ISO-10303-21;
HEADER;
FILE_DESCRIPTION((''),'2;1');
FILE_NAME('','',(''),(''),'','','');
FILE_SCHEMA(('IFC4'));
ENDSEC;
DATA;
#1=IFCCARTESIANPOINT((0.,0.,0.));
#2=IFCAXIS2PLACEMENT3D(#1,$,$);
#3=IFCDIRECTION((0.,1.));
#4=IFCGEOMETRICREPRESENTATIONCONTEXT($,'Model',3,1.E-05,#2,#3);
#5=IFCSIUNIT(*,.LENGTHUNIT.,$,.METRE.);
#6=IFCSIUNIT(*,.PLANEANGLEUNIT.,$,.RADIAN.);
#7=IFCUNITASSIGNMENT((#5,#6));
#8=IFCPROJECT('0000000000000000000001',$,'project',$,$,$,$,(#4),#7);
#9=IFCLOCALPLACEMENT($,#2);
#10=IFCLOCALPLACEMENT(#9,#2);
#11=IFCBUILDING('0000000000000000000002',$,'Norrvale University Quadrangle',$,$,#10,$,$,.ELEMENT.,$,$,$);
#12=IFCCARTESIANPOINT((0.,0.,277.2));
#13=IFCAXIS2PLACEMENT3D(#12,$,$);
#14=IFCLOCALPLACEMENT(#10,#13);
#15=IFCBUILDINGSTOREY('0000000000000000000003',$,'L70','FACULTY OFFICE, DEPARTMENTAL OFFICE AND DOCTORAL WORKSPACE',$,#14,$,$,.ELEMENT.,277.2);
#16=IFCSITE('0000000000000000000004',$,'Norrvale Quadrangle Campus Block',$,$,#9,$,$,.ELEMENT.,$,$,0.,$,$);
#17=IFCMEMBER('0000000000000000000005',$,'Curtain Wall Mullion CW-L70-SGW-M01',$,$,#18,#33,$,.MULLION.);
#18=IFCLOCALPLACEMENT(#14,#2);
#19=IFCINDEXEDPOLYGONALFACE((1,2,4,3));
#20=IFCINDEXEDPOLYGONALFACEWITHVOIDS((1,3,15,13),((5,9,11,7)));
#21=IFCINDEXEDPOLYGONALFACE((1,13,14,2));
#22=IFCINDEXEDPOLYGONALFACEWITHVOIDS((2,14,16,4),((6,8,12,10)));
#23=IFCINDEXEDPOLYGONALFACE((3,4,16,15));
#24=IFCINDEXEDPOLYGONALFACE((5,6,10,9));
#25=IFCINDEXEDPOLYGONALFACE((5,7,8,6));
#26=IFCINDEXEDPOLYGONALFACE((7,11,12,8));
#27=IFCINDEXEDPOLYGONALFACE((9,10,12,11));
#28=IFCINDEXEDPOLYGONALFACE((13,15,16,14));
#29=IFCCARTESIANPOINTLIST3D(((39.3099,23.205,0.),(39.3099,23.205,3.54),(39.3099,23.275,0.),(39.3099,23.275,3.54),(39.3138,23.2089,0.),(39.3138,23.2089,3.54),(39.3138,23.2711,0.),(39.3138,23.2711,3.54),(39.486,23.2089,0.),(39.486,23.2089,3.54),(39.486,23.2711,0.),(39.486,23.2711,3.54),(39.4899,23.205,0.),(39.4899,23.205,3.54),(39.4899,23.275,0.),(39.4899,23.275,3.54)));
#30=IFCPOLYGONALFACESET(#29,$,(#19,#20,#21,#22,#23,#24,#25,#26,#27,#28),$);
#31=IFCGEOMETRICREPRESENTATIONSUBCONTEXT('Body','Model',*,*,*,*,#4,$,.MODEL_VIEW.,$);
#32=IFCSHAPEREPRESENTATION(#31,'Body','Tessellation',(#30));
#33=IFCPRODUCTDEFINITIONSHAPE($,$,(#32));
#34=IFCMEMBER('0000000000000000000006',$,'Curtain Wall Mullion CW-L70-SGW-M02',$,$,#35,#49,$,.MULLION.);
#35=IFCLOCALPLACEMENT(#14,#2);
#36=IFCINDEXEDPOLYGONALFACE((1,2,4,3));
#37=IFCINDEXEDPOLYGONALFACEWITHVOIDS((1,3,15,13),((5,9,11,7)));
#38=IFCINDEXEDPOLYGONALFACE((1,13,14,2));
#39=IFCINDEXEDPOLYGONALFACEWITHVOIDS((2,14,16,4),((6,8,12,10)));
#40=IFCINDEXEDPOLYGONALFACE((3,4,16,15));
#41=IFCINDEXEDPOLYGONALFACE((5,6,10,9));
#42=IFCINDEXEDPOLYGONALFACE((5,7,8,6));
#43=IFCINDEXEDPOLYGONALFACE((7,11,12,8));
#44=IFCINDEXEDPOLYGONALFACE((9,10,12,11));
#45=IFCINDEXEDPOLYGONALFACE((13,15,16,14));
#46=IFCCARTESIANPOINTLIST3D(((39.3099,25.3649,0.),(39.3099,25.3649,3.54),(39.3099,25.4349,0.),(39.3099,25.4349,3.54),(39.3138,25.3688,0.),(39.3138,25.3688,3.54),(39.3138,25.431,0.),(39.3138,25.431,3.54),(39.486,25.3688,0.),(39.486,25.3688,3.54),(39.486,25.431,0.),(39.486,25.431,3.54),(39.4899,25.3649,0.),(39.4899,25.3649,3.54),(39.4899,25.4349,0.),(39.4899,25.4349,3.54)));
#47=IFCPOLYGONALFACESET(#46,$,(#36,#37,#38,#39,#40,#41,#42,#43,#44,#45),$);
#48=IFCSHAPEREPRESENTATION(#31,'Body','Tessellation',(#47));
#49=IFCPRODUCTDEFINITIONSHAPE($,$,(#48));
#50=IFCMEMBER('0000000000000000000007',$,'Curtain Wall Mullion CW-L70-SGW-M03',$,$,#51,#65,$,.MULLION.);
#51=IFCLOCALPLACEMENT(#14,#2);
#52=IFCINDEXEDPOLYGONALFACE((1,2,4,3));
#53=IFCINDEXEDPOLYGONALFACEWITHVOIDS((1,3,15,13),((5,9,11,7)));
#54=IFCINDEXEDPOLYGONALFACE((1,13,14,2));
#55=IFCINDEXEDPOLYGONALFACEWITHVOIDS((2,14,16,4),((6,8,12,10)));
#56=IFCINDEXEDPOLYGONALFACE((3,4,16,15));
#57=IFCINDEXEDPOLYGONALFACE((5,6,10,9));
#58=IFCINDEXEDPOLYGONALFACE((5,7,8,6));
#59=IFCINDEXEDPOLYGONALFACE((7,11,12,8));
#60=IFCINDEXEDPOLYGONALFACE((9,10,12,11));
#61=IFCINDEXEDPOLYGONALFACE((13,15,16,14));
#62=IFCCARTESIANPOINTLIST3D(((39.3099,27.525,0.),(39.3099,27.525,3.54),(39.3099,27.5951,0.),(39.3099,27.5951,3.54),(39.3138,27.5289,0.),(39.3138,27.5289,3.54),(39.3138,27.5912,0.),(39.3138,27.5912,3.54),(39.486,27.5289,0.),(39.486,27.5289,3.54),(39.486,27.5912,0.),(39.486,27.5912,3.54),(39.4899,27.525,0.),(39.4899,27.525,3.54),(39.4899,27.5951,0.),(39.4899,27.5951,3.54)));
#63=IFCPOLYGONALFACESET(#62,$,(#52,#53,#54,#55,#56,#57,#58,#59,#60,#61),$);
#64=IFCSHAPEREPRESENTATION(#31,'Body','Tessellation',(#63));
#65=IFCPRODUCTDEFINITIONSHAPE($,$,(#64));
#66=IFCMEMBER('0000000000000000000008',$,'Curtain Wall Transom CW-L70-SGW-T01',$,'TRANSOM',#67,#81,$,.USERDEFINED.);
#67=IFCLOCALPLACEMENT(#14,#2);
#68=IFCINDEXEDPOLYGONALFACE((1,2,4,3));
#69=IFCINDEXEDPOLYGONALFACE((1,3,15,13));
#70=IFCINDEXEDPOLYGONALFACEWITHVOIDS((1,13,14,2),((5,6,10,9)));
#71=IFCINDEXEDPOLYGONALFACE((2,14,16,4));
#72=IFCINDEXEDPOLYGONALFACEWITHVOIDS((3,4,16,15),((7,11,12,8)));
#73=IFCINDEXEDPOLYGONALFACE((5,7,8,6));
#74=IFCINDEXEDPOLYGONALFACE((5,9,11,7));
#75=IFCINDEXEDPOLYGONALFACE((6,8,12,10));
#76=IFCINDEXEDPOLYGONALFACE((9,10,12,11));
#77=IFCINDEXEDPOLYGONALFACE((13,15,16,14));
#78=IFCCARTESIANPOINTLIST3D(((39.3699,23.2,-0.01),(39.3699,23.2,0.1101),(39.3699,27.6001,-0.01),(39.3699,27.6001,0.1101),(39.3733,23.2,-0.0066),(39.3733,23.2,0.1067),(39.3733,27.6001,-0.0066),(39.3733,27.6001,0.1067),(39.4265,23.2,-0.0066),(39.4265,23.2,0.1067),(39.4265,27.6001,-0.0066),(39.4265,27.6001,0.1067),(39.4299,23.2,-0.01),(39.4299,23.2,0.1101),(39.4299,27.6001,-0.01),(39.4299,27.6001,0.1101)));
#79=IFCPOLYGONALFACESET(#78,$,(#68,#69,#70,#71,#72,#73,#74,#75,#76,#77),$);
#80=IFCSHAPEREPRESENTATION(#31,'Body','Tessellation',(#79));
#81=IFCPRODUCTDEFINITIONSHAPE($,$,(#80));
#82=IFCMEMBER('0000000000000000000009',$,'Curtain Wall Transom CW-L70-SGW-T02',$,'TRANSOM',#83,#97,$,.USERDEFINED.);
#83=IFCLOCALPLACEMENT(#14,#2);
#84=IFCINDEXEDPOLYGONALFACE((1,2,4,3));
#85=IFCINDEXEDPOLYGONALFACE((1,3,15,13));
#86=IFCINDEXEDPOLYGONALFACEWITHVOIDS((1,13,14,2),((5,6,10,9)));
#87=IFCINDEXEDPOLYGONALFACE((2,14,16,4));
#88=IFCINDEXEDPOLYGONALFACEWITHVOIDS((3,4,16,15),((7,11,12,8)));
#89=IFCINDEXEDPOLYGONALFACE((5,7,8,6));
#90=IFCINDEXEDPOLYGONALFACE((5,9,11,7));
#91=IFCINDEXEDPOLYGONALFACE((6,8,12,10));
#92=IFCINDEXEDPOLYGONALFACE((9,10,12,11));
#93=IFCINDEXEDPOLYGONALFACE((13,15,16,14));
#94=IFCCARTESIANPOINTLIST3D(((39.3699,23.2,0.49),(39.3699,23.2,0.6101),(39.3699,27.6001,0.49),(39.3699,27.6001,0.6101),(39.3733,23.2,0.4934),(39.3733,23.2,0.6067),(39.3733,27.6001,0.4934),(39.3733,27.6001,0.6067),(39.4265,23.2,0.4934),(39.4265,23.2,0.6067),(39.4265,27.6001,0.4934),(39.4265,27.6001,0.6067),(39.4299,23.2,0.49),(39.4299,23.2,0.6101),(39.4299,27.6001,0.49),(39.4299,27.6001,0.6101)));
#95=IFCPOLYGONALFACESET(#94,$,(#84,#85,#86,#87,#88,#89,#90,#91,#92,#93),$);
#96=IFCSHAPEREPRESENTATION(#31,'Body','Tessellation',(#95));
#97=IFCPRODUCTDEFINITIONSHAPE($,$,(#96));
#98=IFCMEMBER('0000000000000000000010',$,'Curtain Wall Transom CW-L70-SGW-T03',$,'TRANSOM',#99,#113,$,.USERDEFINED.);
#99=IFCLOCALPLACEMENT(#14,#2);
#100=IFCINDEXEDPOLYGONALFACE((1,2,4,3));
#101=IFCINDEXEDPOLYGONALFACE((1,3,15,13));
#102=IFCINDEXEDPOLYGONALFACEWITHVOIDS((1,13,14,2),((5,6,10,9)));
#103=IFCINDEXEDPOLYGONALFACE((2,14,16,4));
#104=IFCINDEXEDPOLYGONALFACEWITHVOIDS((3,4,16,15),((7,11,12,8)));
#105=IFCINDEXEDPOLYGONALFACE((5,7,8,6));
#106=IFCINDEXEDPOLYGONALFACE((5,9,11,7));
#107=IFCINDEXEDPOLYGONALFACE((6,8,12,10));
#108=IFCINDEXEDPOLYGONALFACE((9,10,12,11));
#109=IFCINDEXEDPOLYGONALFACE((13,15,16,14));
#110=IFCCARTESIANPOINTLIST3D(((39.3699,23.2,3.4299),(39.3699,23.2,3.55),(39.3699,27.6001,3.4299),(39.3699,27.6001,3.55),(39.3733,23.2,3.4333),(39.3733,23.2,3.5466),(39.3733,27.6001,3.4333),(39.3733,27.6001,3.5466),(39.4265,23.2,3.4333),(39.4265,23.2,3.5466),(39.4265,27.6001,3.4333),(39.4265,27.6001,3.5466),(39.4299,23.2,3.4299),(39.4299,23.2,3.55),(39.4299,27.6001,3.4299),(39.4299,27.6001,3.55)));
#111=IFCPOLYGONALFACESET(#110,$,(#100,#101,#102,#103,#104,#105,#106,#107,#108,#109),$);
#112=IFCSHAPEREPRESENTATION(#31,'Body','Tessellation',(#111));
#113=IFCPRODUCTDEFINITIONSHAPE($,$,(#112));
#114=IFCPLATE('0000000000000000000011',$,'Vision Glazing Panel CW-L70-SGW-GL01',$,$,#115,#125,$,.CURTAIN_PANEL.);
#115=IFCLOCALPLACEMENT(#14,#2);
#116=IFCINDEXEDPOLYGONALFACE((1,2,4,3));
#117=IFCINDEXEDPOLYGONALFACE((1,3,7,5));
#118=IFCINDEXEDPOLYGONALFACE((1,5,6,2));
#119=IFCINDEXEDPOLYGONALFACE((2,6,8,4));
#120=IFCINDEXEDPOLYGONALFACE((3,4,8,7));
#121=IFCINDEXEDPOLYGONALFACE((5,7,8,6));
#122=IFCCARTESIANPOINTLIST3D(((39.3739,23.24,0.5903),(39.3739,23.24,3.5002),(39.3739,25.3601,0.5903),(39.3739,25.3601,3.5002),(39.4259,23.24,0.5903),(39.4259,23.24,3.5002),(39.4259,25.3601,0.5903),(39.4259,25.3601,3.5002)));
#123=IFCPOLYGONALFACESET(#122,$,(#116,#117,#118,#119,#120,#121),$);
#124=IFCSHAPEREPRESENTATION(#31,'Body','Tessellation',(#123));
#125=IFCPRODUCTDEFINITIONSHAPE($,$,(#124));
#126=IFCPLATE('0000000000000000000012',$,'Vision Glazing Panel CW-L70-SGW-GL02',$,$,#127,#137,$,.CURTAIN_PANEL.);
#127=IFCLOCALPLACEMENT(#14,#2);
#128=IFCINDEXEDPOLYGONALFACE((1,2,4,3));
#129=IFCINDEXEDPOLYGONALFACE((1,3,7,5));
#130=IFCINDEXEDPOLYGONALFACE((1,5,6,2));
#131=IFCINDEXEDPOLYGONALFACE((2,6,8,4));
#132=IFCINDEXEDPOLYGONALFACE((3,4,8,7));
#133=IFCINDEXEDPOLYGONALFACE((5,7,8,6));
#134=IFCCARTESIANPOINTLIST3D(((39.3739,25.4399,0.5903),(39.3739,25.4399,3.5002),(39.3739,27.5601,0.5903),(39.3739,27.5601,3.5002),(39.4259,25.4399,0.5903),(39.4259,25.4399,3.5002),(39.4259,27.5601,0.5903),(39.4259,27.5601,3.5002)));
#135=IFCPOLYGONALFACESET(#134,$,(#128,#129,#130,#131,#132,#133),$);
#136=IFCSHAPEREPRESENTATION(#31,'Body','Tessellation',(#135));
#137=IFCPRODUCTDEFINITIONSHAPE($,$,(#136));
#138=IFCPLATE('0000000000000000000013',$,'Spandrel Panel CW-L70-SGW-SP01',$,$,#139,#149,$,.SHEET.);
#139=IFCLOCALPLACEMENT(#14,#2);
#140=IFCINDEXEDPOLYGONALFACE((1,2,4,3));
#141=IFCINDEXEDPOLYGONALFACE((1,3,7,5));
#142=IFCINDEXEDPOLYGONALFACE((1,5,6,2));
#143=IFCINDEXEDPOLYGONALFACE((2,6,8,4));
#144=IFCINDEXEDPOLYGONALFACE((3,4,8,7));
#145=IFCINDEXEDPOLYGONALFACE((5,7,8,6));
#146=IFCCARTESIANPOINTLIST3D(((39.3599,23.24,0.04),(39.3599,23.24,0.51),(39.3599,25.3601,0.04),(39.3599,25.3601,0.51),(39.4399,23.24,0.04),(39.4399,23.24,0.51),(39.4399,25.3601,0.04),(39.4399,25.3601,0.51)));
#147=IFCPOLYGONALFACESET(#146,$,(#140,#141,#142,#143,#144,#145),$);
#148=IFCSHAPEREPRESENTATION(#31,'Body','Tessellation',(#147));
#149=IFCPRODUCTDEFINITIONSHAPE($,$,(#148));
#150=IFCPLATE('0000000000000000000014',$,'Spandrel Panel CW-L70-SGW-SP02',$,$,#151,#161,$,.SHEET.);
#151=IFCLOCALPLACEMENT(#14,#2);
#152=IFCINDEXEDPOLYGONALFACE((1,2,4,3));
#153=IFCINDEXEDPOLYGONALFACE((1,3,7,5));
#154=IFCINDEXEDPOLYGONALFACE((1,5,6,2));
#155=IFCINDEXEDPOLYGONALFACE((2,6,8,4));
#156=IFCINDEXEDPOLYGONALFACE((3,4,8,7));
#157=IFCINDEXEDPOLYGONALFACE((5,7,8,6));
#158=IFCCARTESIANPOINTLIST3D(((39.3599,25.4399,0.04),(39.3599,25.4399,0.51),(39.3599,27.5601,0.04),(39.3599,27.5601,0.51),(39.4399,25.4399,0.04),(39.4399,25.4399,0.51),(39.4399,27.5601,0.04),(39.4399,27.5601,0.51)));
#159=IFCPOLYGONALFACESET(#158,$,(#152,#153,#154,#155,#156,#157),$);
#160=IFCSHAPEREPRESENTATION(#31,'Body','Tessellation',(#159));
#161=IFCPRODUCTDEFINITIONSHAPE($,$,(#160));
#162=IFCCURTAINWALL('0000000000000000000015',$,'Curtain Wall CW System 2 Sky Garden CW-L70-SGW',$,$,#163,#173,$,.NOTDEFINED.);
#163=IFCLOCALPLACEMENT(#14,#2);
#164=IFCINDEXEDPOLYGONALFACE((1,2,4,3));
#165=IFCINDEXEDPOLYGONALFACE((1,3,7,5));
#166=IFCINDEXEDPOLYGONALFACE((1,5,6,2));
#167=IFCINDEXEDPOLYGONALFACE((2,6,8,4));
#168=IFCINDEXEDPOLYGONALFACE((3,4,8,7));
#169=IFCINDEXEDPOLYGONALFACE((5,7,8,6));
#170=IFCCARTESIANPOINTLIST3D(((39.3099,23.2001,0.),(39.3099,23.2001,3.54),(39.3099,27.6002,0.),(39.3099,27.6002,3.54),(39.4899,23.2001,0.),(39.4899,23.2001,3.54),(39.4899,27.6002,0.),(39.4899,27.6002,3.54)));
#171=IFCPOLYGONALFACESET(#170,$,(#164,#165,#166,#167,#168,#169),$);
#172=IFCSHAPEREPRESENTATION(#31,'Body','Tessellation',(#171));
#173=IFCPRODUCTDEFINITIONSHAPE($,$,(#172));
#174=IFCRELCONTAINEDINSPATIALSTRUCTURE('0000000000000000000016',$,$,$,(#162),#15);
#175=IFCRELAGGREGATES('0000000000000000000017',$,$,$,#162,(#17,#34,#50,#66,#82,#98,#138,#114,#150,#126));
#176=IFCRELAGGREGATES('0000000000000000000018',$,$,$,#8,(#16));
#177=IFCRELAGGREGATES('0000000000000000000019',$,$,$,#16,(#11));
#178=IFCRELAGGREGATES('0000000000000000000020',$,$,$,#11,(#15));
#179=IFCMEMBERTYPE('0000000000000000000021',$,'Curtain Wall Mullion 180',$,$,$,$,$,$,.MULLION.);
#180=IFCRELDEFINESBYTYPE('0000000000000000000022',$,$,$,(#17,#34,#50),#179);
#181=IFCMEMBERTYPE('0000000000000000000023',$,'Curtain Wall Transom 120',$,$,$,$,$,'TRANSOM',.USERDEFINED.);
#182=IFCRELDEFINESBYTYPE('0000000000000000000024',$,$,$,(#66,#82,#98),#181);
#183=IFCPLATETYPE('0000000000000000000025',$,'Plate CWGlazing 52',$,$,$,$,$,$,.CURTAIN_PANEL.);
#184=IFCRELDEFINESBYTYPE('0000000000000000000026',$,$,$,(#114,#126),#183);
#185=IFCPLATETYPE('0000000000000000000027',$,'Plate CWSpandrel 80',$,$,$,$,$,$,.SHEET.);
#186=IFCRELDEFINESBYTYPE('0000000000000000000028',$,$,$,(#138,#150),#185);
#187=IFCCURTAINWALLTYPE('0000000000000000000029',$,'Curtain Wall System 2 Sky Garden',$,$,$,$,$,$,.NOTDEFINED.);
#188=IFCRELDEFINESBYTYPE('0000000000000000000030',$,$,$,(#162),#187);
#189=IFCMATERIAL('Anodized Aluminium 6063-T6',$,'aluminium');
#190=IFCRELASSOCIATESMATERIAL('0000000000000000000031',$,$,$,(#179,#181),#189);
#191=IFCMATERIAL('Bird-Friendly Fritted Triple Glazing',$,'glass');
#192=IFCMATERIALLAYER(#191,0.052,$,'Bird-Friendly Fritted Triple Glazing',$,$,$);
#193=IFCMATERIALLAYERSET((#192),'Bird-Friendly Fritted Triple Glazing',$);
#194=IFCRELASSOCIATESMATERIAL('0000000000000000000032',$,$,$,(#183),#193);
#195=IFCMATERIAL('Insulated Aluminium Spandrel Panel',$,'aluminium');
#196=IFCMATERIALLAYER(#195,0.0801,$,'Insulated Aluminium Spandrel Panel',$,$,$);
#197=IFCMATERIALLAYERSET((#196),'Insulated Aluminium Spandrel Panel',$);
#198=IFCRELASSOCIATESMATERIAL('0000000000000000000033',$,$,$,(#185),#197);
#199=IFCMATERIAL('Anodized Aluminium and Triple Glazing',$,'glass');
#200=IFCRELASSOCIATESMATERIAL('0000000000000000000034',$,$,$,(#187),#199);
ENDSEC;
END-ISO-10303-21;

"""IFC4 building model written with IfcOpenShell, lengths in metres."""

from ifc_helpers import new_model, si_unit, direction, frame, frame_2d, origin, origin_2d, place, context, subcontext, project, spatial, rectangle, hollow_rectangle, extrude, material, layer, layer_set, material_profile, profile_set, type_object, element, aggregate, save


model = new_model("IFC4")

# Units and contexts
model_context = context("Model", 3, precision=1e-05, world=origin(), true_north=direction((0.0, 1.0)))
body_context = subcontext(model_context, "Body", "Model", "MODEL_VIEW")
ifc_project = project(units=[si_unit("LENGTHUNIT", "METRE"), si_unit("PLANEANGLEUNIT", "RADIAN")], contexts=[model_context])

# Site, building, storey
site_placement = place(None, origin())
site = spatial("IfcSite", under=ifc_project, at=site_placement, Name="Norrvale Quadrangle Campus Block", CompositionType="ELEMENT", RefElevation=0.0)
building_placement = place(site_placement, origin())
building = spatial("IfcBuilding", under=site, at=building_placement, Name="Norrvale University Quadrangle", CompositionType="ELEMENT")
storey_placement = place(building_placement, frame((0.0, 0.0, 277.2)))
storey = spatial("IfcBuildingStorey", under=building, at=storey_placement, Name="L70", Description="FACULTY OFFICE, DEPARTMENTAL OFFICE AND DOCTORAL WORKSPACE", CompositionType="ELEMENT", Elevation=277.2)

# Members
ifc_material_1 = material(Name="Anodized Aluminium 6063-T6", Category="aluminium")
ifc_material_profile_1 = material_profile(ifc_material_1, hollow_rectangle(XDim=0.0701, YDim=0.1799, WallThickness=0.0039, at=origin_2d()), Name="Anodized Aluminium 6063-T6")
ifc_profile_set_1 = profile_set([ifc_material_profile_1], Name="Anodized Aluminium 6063-T6")
member_type_1 = type_object("IfcMemberType", Name="Curtain Wall Mullion 180", PredefinedType="MULLION", material=ifc_profile_set_1)
member_1_placement = place(storey_placement, frame((39.3999, 23.24, 0.0), z_axis=(0.0, 0.0, 1.0), x_axis=(0.0, 1.0, 0.0)))
member_1 = element("IfcMember", 1, at=member_1_placement, type_object=member_type_1, Name="Curtain Wall Mullion CW-L70-SGW-M01", PredefinedType="MULLION", context=body_context, shape_type="SweptSolid", body=[
    extrude(hollow_rectangle(XDim=0.0701, YDim=0.1799, WallThickness=0.0039, at=origin_2d()), origin(), (0.0, 0.0, 1.0), 3.54),
])
member_2_placement = place(storey_placement, frame((39.3999, 25.3999, 0.0), z_axis=(0.0, 0.0, 1.0), x_axis=(0.0, 1.0, 0.0)))
member_2 = element("IfcMember", 2, at=member_2_placement, type_object=member_type_1, Name="Curtain Wall Mullion CW-L70-SGW-M02", PredefinedType="MULLION", context=body_context, shape_type="SweptSolid", body=[
    extrude(hollow_rectangle(XDim=0.0701, YDim=0.1799, WallThickness=0.0039, at=origin_2d()), origin(), (0.0, 0.0, 1.0), 3.54),
])
member_3_placement = place(storey_placement, frame((39.3999, 27.5601, 0.0), z_axis=(0.0, 0.0, 1.0), x_axis=(0.0, 1.0, 0.0)))
member_3 = element("IfcMember", 3, at=member_3_placement, type_object=member_type_1, Name="Curtain Wall Mullion CW-L70-SGW-M03", PredefinedType="MULLION", context=body_context, shape_type="SweptSolid", body=[
    extrude(hollow_rectangle(XDim=0.0701, YDim=0.1799, WallThickness=0.0039, at=origin_2d()), origin(), (0.0, 0.0, 1.0), 3.54),
])
ifc_material_profile_2 = material_profile(ifc_material_1, hollow_rectangle(XDim=0.0601, YDim=0.1201, WallThickness=0.0034, at=origin_2d()), Name="Anodized Aluminium 6063-T6")
ifc_profile_set_2 = profile_set([ifc_material_profile_2], Name="Anodized Aluminium 6063-T6")
member_type_2 = type_object("IfcMemberType", Name="Curtain Wall Transom 120", ElementType="TRANSOM", PredefinedType="USERDEFINED", material=ifc_profile_set_2)
member_4_placement = place(storey_placement, frame((39.3999, 23.2, 0.05), z_axis=(0.0, 1.0, 0.0), x_axis=(-1.0, 0.0, 0.0)))
member_4 = element("IfcMember", 4, at=member_4_placement, type_object=member_type_2, Name="Curtain Wall Transom CW-L70-SGW-T01", ObjectType="TRANSOM", PredefinedType="USERDEFINED", context=body_context, shape_type="SweptSolid", body=[
    extrude(hollow_rectangle(XDim=0.0601, YDim=0.1201, WallThickness=0.0034, at=origin_2d()), origin(), (0.0, 0.0, 1.0), 4.4001),
])
member_5_placement = place(storey_placement, frame((39.3999, 23.2, 0.55), z_axis=(0.0, 1.0, 0.0), x_axis=(-1.0, 0.0, 0.0)))
member_5 = element("IfcMember", 5, at=member_5_placement, type_object=member_type_2, Name="Curtain Wall Transom CW-L70-SGW-T02", ObjectType="TRANSOM", PredefinedType="USERDEFINED", context=body_context, shape_type="SweptSolid", body=[
    extrude(hollow_rectangle(XDim=0.0601, YDim=0.1201, WallThickness=0.0034, at=origin_2d()), origin(), (0.0, 0.0, 1.0), 4.4001),
])
member_6_placement = place(storey_placement, frame((39.3999, 23.2, 3.49), z_axis=(0.0, 1.0, 0.0), x_axis=(-1.0, 0.0, 0.0)))
member_6 = element("IfcMember", 6, at=member_6_placement, type_object=member_type_2, Name="Curtain Wall Transom CW-L70-SGW-T03", ObjectType="TRANSOM", PredefinedType="USERDEFINED", context=body_context, shape_type="SweptSolid", body=[
    extrude(hollow_rectangle(XDim=0.0601, YDim=0.1201, WallThickness=0.0034, at=origin_2d()), origin(), (0.0, 0.0, 1.0), 4.4001),
])

# Plates
ifc_material_2 = material(Name="Bird-Friendly Fritted Triple Glazing", Category="glass")
ifc_layer_1 = layer(ifc_material_2, 0.052, Name="Bird-Friendly Fritted Triple Glazing")
ifc_layer_set_1 = layer_set([ifc_layer_1], Name="Bird-Friendly Fritted Triple Glazing")
plate_type_1 = type_object("IfcPlateType", Name="Plate CWGlazing 52", PredefinedType="CURTAIN_PANEL", material=ifc_layer_set_1)
plate_1_placement = place(storey_placement, frame((39.3999, 24.3, 0.5903), z_axis=(0.0, 0.0, 1.0), x_axis=(0.0, 1.0, 0.0)))
plate_1 = element("IfcPlate", 7, at=plate_1_placement, type_object=plate_type_1, Name="Vision Glazing Panel CW-L70-SGW-GL01", PredefinedType="CURTAIN_PANEL", context=body_context, shape_type="SweptSolid", body=[
    extrude(rectangle(XDim=2.1201, YDim=0.052, at=origin_2d()), origin(), (0.0, 0.0, 1.0), 2.9099),
])
plate_2_placement = place(storey_placement, frame((39.3999, 26.5, 0.5903), z_axis=(0.0, 0.0, 1.0), x_axis=(0.0, 1.0, 0.0)))
plate_2 = element("IfcPlate", 8, at=plate_2_placement, type_object=plate_type_1, Name="Vision Glazing Panel CW-L70-SGW-GL02", PredefinedType="CURTAIN_PANEL", context=body_context, shape_type="SweptSolid", body=[
    extrude(rectangle(XDim=2.1201, YDim=0.052, at=origin_2d()), origin(), (0.0, 0.0, 1.0), 2.9099),
])
ifc_material_3 = material(Name="Insulated Aluminium Spandrel Panel", Category="aluminium")
ifc_layer_2 = layer(ifc_material_3, 0.0801, Name="Insulated Aluminium Spandrel Panel")
ifc_layer_set_2 = layer_set([ifc_layer_2], Name="Insulated Aluminium Spandrel Panel")
plate_type_2 = type_object("IfcPlateType", Name="Plate CWSpandrel 80", PredefinedType="SHEET", material=ifc_layer_set_2)
plate_3_placement = place(storey_placement, frame((39.3999, 24.3, 0.04), z_axis=(0.0, 0.0, 1.0), x_axis=(0.0, 1.0, 0.0)))
plate_3 = element("IfcPlate", 9, at=plate_3_placement, type_object=plate_type_2, Name="Spandrel Panel CW-L70-SGW-SP01", PredefinedType="SHEET", context=body_context, shape_type="SweptSolid", body=[
    extrude(rectangle(XDim=2.1201, YDim=0.0801, at=origin_2d()), origin(), (0.0, 0.0, 1.0), 0.47),
])
plate_4_placement = place(storey_placement, frame((39.3999, 26.5, 0.04), z_axis=(0.0, 0.0, 1.0), x_axis=(0.0, 1.0, 0.0)))
plate_4 = element("IfcPlate", 10, at=plate_4_placement, type_object=plate_type_2, Name="Spandrel Panel CW-L70-SGW-SP02", PredefinedType="SHEET", context=body_context, shape_type="SweptSolid", body=[
    extrude(rectangle(XDim=2.1201, YDim=0.0801, at=origin_2d()), origin(), (0.0, 0.0, 1.0), 0.47),
])

# Curtain wall
ifc_material_4 = material(Name="Anodized Aluminium and Triple Glazing", Category="glass")
curtain_wall_type = type_object("IfcCurtainWallType", Name="Curtain Wall System 2 Sky Garden", PredefinedType="NOTDEFINED", material=ifc_material_4)
curtain_wall_1_placement = place(storey_placement, frame((39.3999, 23.2, 0.0), z_axis=(0.0, 0.0, 1.0), x_axis=(0.0, 1.0, 0.0)))
curtain_wall_1 = element("IfcCurtainWall", 11, at=curtain_wall_1_placement, inside=storey, type_object=curtain_wall_type, Name="Curtain Wall CW System 2 Sky Garden CW-L70-SGW", PredefinedType="NOTDEFINED", context=body_context, shape_type="SweptSolid", body=[
    extrude(rectangle(XDim=4.4001, YDim=0.1799, at=frame_2d((2.2002, 0.0))), origin(), (0.0, 0.0, 1.0), 3.54),
])
aggregate(curtain_wall_1, [member_1, member_2, member_3, member_4, member_5, member_6, plate_3, plate_1, plate_4, plate_2])

save(model, "model.ifc")
